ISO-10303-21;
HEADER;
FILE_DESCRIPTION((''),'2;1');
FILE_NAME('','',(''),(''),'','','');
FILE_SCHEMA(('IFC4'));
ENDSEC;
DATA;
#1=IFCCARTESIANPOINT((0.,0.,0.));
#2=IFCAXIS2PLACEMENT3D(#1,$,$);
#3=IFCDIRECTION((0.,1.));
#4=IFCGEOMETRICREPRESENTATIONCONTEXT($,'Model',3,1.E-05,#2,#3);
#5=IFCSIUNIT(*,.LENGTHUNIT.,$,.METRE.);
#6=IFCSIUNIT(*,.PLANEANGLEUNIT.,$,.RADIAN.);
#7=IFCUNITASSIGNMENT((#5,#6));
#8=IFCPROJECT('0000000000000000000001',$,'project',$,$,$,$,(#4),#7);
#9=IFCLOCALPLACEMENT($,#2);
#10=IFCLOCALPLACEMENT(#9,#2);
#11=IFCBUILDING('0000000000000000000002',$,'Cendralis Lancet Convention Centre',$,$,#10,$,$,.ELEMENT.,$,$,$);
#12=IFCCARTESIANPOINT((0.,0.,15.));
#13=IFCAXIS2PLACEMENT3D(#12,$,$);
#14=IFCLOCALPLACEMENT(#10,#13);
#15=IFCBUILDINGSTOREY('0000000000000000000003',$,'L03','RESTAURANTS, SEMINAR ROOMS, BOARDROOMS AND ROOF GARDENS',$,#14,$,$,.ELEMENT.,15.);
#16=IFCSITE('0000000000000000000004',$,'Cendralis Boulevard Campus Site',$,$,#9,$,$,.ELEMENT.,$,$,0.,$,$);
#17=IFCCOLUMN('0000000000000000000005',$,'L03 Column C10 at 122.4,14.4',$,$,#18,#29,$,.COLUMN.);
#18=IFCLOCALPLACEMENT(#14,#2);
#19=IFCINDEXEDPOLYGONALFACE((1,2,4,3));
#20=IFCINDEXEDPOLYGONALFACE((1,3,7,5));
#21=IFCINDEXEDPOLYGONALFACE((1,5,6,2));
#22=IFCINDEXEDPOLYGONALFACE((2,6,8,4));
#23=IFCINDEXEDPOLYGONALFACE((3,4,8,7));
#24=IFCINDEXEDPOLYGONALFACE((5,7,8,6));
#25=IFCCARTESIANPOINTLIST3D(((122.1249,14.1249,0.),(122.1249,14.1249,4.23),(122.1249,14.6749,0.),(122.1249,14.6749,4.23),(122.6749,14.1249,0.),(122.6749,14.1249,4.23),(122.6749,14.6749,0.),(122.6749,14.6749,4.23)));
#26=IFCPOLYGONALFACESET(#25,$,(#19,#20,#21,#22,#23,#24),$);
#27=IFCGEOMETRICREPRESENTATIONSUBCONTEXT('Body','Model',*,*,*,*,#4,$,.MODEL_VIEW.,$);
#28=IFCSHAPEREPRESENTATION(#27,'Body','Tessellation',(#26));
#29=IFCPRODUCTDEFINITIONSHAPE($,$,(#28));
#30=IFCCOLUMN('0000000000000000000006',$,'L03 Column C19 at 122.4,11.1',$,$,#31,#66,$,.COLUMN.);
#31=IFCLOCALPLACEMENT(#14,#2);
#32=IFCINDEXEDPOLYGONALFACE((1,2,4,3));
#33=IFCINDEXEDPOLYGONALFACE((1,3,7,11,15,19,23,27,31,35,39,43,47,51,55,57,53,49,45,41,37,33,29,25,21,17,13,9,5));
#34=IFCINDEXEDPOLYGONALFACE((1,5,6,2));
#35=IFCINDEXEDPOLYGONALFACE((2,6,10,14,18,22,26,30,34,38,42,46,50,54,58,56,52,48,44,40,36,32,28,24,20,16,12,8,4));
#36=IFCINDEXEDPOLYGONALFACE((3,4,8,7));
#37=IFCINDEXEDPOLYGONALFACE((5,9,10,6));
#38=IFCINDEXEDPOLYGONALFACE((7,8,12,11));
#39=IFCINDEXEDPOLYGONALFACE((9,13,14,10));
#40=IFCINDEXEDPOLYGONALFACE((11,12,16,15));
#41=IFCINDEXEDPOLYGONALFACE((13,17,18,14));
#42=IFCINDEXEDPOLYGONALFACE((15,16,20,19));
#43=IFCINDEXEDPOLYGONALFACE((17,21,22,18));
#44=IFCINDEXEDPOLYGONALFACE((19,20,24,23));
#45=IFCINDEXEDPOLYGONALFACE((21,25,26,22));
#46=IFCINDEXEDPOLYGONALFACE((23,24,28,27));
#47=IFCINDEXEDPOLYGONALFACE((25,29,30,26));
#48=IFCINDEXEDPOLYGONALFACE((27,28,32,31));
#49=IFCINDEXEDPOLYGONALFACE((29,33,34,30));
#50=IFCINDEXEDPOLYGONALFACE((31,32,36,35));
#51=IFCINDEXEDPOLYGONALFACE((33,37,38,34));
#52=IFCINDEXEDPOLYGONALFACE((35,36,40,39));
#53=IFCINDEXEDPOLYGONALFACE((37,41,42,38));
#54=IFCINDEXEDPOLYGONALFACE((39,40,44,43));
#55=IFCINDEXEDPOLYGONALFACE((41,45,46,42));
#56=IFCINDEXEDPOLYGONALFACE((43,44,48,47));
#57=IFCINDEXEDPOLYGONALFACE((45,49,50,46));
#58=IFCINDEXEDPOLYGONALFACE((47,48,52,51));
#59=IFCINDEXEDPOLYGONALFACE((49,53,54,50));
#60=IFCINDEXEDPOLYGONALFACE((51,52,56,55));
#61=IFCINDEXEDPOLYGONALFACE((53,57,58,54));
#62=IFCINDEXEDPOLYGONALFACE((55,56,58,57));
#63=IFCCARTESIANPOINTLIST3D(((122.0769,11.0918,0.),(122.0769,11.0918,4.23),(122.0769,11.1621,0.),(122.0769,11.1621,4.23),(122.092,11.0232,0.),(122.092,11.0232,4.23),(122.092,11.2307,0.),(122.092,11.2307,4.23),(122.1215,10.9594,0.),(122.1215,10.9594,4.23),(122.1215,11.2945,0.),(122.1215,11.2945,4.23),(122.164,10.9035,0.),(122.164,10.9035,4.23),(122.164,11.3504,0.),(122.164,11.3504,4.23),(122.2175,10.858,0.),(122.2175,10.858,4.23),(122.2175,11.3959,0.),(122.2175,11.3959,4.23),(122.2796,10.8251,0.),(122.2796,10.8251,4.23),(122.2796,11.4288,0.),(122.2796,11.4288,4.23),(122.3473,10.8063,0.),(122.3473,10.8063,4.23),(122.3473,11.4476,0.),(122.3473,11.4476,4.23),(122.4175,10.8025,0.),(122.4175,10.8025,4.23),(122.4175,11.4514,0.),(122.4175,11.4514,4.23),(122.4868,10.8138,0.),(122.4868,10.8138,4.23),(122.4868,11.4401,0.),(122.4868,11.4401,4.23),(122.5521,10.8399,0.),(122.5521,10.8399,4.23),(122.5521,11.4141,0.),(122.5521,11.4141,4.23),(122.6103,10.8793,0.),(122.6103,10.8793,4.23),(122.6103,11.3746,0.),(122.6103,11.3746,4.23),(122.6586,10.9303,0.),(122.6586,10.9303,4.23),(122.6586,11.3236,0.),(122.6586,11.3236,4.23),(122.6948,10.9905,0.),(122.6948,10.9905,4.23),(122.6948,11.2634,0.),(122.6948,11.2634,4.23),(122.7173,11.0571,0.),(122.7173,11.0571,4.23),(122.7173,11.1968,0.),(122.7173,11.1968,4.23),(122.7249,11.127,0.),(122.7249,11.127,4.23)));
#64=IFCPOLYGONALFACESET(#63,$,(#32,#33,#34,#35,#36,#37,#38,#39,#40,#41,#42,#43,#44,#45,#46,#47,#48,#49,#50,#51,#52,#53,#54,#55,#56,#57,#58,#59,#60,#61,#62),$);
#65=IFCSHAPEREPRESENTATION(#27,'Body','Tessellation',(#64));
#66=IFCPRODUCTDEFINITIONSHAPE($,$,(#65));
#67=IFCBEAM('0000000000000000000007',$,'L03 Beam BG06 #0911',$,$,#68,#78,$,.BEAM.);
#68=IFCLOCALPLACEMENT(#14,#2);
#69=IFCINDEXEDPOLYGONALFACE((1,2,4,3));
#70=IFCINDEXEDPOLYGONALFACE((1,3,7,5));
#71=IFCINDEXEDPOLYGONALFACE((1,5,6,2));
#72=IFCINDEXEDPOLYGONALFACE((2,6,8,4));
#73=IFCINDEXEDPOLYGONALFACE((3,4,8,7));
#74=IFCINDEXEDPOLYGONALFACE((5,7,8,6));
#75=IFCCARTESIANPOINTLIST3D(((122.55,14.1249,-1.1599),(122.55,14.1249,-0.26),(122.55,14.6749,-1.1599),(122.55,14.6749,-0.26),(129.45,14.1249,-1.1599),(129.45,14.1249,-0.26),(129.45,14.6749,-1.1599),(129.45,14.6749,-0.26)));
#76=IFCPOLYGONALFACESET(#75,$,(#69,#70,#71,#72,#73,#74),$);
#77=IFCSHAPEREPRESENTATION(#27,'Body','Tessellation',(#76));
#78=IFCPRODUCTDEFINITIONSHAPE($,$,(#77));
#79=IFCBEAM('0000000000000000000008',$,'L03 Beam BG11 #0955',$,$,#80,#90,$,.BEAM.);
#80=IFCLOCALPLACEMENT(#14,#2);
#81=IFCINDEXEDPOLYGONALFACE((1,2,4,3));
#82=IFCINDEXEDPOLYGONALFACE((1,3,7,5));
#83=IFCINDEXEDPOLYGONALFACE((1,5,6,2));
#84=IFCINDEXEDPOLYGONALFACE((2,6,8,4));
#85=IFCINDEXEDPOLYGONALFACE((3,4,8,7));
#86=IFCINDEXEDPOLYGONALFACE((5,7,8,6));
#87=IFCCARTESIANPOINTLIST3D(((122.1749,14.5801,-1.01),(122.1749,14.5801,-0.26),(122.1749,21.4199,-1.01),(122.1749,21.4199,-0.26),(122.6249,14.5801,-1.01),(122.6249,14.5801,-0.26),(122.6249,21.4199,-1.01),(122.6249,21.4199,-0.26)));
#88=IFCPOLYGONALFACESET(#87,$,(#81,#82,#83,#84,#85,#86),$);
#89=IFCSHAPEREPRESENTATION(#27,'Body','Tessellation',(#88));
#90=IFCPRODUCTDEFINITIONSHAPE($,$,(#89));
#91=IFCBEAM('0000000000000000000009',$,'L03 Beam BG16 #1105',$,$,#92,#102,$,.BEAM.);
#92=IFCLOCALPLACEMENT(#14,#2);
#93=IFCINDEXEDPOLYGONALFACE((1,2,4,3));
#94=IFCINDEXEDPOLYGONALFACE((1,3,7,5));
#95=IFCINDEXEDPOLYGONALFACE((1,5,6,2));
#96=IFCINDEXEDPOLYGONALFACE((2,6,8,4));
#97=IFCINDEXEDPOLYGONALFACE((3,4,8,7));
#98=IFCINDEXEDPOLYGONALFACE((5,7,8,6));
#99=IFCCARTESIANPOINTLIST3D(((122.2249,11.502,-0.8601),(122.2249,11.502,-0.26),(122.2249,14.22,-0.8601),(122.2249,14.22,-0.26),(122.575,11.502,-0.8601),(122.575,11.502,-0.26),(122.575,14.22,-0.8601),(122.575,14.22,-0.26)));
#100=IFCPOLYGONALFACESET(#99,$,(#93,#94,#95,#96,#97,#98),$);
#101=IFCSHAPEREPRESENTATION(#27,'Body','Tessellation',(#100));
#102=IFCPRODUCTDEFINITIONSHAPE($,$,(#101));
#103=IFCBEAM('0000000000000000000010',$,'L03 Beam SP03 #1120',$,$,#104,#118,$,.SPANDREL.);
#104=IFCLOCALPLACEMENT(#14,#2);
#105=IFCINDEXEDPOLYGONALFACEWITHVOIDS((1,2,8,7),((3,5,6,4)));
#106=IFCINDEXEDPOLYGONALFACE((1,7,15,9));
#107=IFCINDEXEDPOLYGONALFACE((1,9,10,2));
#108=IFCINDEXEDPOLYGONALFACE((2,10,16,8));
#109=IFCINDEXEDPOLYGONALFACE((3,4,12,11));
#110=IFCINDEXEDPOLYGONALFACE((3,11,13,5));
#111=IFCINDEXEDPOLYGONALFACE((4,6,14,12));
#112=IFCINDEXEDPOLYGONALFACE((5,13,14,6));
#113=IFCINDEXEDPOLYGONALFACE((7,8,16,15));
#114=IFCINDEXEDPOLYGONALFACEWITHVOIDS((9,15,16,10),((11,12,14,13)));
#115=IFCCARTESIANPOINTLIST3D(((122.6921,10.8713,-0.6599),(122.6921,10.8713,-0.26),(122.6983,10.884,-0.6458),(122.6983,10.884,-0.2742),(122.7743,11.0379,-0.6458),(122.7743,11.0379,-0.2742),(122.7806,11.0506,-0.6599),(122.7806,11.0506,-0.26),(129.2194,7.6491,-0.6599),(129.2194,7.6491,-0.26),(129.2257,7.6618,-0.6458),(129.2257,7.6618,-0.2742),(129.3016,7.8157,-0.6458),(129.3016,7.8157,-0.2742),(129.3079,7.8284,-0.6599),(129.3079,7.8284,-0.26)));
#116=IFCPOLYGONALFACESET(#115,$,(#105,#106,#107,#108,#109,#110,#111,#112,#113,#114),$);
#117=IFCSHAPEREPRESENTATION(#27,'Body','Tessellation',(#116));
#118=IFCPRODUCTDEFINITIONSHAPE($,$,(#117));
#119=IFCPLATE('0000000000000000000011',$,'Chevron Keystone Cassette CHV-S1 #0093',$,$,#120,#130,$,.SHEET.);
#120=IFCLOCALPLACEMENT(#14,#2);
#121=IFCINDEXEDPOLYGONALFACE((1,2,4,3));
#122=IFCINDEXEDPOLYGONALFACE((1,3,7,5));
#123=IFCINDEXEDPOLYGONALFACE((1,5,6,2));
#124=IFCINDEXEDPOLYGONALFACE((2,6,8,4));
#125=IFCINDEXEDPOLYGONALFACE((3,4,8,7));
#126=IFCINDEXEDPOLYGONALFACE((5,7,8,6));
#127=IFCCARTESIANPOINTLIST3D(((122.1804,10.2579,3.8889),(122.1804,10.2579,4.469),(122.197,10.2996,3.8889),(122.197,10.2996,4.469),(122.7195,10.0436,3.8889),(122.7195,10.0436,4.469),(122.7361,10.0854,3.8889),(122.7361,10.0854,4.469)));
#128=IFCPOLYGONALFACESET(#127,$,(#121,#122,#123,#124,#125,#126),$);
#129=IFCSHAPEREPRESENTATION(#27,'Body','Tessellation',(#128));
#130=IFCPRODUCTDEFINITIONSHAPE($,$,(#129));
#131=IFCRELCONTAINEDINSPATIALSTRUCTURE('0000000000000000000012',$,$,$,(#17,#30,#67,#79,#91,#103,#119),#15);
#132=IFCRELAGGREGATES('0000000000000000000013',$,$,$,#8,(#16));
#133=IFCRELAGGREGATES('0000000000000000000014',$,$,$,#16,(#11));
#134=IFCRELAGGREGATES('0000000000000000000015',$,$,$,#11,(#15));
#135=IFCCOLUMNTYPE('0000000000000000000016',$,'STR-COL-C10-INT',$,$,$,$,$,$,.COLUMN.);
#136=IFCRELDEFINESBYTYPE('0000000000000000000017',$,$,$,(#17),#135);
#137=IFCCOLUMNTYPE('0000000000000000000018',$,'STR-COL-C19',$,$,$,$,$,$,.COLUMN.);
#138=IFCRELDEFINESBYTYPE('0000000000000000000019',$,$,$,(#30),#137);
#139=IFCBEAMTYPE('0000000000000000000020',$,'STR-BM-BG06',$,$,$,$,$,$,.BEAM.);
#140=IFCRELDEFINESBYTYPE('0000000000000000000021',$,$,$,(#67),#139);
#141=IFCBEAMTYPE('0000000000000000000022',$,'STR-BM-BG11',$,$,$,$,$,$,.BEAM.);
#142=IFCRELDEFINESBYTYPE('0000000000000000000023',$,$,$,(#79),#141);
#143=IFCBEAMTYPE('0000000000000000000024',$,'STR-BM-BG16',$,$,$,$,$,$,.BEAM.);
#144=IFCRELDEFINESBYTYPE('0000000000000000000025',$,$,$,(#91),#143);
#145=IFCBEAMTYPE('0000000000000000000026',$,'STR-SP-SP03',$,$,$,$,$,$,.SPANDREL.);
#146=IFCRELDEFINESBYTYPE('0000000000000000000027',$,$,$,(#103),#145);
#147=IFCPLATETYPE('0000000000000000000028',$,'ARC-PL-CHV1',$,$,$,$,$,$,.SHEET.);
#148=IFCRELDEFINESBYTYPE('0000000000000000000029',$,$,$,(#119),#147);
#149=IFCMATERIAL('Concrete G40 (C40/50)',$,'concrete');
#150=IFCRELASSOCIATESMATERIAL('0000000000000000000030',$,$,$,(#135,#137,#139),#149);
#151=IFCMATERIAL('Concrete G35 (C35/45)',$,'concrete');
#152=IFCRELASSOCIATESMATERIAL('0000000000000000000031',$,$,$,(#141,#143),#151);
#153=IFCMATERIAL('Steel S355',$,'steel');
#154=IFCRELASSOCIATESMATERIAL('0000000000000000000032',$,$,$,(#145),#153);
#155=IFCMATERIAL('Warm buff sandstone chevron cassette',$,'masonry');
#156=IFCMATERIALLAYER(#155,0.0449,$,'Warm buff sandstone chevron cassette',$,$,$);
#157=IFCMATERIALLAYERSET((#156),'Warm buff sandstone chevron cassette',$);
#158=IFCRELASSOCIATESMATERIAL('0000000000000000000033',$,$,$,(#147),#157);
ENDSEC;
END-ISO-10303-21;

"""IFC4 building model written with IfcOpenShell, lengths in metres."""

from ifc_helpers import new_model, si_unit, direction, frame, origin, origin_2d, place, context, subcontext, project, spatial, rectangle, hollow_rectangle, circle, extrude, material, layer, layer_set, material_profile, profile_set, type_object, element, save


model = new_model("IFC4")

# Units and contexts
model_context = context("Model", 3, precision=1e-05, world=origin(), true_north=direction((0.0, 1.0)))
body_context = subcontext(model_context, "Body", "Model", "MODEL_VIEW")
ifc_project = project(units=[si_unit("LENGTHUNIT", "METRE"), si_unit("PLANEANGLEUNIT", "RADIAN")], contexts=[model_context])

# Site, building, storey
site_placement = place(None, origin())
site = spatial("IfcSite", under=ifc_project, at=site_placement, Name="Cendralis Boulevard Campus Site", CompositionType="ELEMENT", RefElevation=0.0)
building_placement = place(site_placement, origin())
building = spatial("IfcBuilding", under=site, at=building_placement, Name="Cendralis Lancet Convention Centre", CompositionType="ELEMENT")
storey_placement = place(building_placement, frame((0.0, 0.0, 15.0)))
storey = spatial("IfcBuildingStorey", under=building, at=storey_placement, Name="L03", Description="RESTAURANTS, SEMINAR ROOMS, BOARDROOMS AND ROOF GARDENS", CompositionType="ELEMENT", Elevation=15.0)

# Columns
ifc_material_1 = material(Name="Concrete G40 (C40/50)", Category="concrete")
ifc_material_profile_1 = material_profile(ifc_material_1, rectangle(XDim=0.55, YDim=0.55, at=origin_2d()), Name="RC 550x550")
ifc_profile_set_1 = profile_set([ifc_material_profile_1], Name="Concrete G40 (C40/50)")
column_type_1 = type_object("IfcColumnType", Name="STR-COL-C10-INT", PredefinedType="COLUMN", material=ifc_profile_set_1)
column_1_placement = place(storey_placement, frame((122.3999, 14.3999, 0.0), z_axis=(0.0, 0.0, 1.0), x_axis=(1.0, 0.0, 0.0)))
element("IfcColumn", 1, at=column_1_placement, inside=storey, type_object=column_type_1, Name="L03 Column C10 at 122.4,14.4", PredefinedType="COLUMN", context=body_context, shape_type="SweptSolid", body=[
    extrude(rectangle(XDim=0.55, YDim=0.55, at=origin_2d()), origin(), (0.0, 0.0, 1.0), 4.23),
])
ifc_material_profile_2 = material_profile(ifc_material_1, circle(Radius=0.325, at=origin_2d()), Name="RC D650")
ifc_profile_set_2 = profile_set([ifc_material_profile_2], Name="Concrete G40 (C40/50)")
column_type_2 = type_object("IfcColumnType", Name="STR-COL-C19", PredefinedType="COLUMN", material=ifc_profile_set_2)
column_2_placement = place(storey_placement, frame((122.3999, 11.127, 0.0), z_axis=(0.0, 0.0, 1.0), x_axis=(1.0, 0.0, 0.0)))
element("IfcColumn", 2, at=column_2_placement, inside=storey, type_object=column_type_2, Name="L03 Column C19 at 122.4,11.1", PredefinedType="COLUMN", context=body_context, shape_type="SweptSolid", body=[
    extrude(circle(Radius=0.325, at=origin_2d()), origin(), (0.0, 0.0, 1.0), 4.23),
])

# Beams
ifc_material_profile_3 = material_profile(ifc_material_1, rectangle(XDim=0.55, YDim=0.8999, at=origin_2d()), Name="RCB 550x900")
ifc_profile_set_3 = profile_set([ifc_material_profile_3], Name="Concrete G40 (C40/50)")
beam_type_1 = type_object("IfcBeamType", Name="STR-BM-BG06", PredefinedType="BEAM", material=ifc_profile_set_3)
beam_1_placement = place(storey_placement, frame((122.55, 14.3999, -0.71), z_axis=(1.0, 0.0, 0.0), x_axis=(0.0, 1.0, 0.0)))
element("IfcBeam", 3, at=beam_1_placement, inside=storey, type_object=beam_type_1, Name="L03 Beam BG06 #0911", PredefinedType="BEAM", context=body_context, shape_type="SweptSolid", body=[
    extrude(rectangle(XDim=0.55, YDim=0.8999, at=origin_2d()), origin(), (0.0, 0.0, 1.0), 6.8999),
])
ifc_material_2 = material(Name="Concrete G35 (C35/45)", Category="concrete")
ifc_material_profile_4 = material_profile(ifc_material_2, rectangle(XDim=0.45, YDim=0.75, at=origin_2d()), Name="RCB 450x750")
ifc_profile_set_4 = profile_set([ifc_material_profile_4], Name="Concrete G35 (C35/45)")
beam_type_2 = type_object("IfcBeamType", Name="STR-BM-BG11", PredefinedType="BEAM", material=ifc_profile_set_4)
beam_2_placement = place(storey_placement, frame((122.3999, 14.5801, -0.635), z_axis=(0.0, 1.0, 0.0), x_axis=(-1.0, 0.0, 0.0)))
element("IfcBeam", 4, at=beam_2_placement, inside=storey, type_object=beam_type_2, Name="L03 Beam BG11 #0955", PredefinedType="BEAM", context=body_context, shape_type="SweptSolid", body=[
    extrude(rectangle(XDim=0.45, YDim=0.75, at=origin_2d()), origin(), (0.0, 0.0, 1.0), 6.8398),
])
ifc_material_profile_5 = material_profile(ifc_material_2, rectangle(XDim=0.3501, YDim=0.6001, at=origin_2d()), Name="RCB 350x600")
ifc_profile_set_5 = profile_set([ifc_material_profile_5], Name="Concrete G35 (C35/45)")
beam_type_3 = type_object("IfcBeamType", Name="STR-BM-BG16", PredefinedType="BEAM", material=ifc_profile_set_5)
beam_3_placement = place(storey_placement, frame((122.3999, 11.502, -0.5601), z_axis=(0.0, 1.0, 0.0), x_axis=(-1.0, 0.0, 0.0)))
element("IfcBeam", 5, at=beam_3_placement, inside=storey, type_object=beam_type_3, Name="L03 Beam BG16 #1105", PredefinedType="BEAM", context=body_context, shape_type="SweptSolid", body=[
    extrude(rectangle(XDim=0.3501, YDim=0.6001, at=origin_2d()), origin(), (0.0, 0.0, 1.0), 2.718),
])
ifc_material_3 = material(Name="Steel S355", Category="steel")
ifc_material_profile_6 = material_profile(ifc_material_3, hollow_rectangle(XDim=0.2, YDim=0.3999, WallThickness=0.0142, at=origin_2d()), Name="RHS 400x200x14.2")
ifc_profile_set_6 = profile_set([ifc_material_profile_6], Name="Steel S355")
beam_type_4 = type_object("IfcBeamType", Name="STR-SP-SP03", PredefinedType="SPANDREL", material=ifc_profile_set_6)
beam_4_placement = place(storey_placement, frame((122.7363, 10.9609, -0.46), z_axis=(0.896696, -0.442646, 0.0), x_axis=(0.442646, 0.896696, 0.0)))
element("IfcBeam", 6, at=beam_4_placement, inside=storey, type_object=beam_type_4, Name="L03 Beam SP03 #1120", PredefinedType="SPANDREL", context=body_context, shape_type="SweptSolid", body=[
    extrude(hollow_rectangle(XDim=0.2, YDim=0.3999, WallThickness=0.0142, at=origin_2d()), origin(), (0.0, 0.0, 1.0), 7.2793),
])

# Plate
ifc_material_4 = material(Name="Warm buff sandstone chevron cassette", Category="masonry")
ifc_layer_1 = layer(ifc_material_4, 0.0449, Name="Warm buff sandstone chevron cassette")
ifc_layer_set_1 = layer_set([ifc_layer_1], Name="Warm buff sandstone chevron cassette")
plate_type = type_object("IfcPlateType", Name="ARC-PL-CHV1", PredefinedType="SHEET", material=ifc_layer_set_1)
plate_placement = place(storey_placement, frame((122.4583, 10.1716, 3.8889), z_axis=(0.0, 0.0, 1.0), x_axis=(0.929268, -0.369406, 0.0)))
element("IfcPlate", 7, at=plate_placement, inside=storey, type_object=plate_type, Name="Chevron Keystone Cassette CHV-S1 #0093", PredefinedType="SHEET", context=body_context, shape_type="SweptSolid", body=[
    extrude(rectangle(XDim=0.5801, YDim=0.0449, at=origin_2d()), origin(), (0.0, 0.0, 1.0), 0.5801),
])

save(model, "model.ifc")
